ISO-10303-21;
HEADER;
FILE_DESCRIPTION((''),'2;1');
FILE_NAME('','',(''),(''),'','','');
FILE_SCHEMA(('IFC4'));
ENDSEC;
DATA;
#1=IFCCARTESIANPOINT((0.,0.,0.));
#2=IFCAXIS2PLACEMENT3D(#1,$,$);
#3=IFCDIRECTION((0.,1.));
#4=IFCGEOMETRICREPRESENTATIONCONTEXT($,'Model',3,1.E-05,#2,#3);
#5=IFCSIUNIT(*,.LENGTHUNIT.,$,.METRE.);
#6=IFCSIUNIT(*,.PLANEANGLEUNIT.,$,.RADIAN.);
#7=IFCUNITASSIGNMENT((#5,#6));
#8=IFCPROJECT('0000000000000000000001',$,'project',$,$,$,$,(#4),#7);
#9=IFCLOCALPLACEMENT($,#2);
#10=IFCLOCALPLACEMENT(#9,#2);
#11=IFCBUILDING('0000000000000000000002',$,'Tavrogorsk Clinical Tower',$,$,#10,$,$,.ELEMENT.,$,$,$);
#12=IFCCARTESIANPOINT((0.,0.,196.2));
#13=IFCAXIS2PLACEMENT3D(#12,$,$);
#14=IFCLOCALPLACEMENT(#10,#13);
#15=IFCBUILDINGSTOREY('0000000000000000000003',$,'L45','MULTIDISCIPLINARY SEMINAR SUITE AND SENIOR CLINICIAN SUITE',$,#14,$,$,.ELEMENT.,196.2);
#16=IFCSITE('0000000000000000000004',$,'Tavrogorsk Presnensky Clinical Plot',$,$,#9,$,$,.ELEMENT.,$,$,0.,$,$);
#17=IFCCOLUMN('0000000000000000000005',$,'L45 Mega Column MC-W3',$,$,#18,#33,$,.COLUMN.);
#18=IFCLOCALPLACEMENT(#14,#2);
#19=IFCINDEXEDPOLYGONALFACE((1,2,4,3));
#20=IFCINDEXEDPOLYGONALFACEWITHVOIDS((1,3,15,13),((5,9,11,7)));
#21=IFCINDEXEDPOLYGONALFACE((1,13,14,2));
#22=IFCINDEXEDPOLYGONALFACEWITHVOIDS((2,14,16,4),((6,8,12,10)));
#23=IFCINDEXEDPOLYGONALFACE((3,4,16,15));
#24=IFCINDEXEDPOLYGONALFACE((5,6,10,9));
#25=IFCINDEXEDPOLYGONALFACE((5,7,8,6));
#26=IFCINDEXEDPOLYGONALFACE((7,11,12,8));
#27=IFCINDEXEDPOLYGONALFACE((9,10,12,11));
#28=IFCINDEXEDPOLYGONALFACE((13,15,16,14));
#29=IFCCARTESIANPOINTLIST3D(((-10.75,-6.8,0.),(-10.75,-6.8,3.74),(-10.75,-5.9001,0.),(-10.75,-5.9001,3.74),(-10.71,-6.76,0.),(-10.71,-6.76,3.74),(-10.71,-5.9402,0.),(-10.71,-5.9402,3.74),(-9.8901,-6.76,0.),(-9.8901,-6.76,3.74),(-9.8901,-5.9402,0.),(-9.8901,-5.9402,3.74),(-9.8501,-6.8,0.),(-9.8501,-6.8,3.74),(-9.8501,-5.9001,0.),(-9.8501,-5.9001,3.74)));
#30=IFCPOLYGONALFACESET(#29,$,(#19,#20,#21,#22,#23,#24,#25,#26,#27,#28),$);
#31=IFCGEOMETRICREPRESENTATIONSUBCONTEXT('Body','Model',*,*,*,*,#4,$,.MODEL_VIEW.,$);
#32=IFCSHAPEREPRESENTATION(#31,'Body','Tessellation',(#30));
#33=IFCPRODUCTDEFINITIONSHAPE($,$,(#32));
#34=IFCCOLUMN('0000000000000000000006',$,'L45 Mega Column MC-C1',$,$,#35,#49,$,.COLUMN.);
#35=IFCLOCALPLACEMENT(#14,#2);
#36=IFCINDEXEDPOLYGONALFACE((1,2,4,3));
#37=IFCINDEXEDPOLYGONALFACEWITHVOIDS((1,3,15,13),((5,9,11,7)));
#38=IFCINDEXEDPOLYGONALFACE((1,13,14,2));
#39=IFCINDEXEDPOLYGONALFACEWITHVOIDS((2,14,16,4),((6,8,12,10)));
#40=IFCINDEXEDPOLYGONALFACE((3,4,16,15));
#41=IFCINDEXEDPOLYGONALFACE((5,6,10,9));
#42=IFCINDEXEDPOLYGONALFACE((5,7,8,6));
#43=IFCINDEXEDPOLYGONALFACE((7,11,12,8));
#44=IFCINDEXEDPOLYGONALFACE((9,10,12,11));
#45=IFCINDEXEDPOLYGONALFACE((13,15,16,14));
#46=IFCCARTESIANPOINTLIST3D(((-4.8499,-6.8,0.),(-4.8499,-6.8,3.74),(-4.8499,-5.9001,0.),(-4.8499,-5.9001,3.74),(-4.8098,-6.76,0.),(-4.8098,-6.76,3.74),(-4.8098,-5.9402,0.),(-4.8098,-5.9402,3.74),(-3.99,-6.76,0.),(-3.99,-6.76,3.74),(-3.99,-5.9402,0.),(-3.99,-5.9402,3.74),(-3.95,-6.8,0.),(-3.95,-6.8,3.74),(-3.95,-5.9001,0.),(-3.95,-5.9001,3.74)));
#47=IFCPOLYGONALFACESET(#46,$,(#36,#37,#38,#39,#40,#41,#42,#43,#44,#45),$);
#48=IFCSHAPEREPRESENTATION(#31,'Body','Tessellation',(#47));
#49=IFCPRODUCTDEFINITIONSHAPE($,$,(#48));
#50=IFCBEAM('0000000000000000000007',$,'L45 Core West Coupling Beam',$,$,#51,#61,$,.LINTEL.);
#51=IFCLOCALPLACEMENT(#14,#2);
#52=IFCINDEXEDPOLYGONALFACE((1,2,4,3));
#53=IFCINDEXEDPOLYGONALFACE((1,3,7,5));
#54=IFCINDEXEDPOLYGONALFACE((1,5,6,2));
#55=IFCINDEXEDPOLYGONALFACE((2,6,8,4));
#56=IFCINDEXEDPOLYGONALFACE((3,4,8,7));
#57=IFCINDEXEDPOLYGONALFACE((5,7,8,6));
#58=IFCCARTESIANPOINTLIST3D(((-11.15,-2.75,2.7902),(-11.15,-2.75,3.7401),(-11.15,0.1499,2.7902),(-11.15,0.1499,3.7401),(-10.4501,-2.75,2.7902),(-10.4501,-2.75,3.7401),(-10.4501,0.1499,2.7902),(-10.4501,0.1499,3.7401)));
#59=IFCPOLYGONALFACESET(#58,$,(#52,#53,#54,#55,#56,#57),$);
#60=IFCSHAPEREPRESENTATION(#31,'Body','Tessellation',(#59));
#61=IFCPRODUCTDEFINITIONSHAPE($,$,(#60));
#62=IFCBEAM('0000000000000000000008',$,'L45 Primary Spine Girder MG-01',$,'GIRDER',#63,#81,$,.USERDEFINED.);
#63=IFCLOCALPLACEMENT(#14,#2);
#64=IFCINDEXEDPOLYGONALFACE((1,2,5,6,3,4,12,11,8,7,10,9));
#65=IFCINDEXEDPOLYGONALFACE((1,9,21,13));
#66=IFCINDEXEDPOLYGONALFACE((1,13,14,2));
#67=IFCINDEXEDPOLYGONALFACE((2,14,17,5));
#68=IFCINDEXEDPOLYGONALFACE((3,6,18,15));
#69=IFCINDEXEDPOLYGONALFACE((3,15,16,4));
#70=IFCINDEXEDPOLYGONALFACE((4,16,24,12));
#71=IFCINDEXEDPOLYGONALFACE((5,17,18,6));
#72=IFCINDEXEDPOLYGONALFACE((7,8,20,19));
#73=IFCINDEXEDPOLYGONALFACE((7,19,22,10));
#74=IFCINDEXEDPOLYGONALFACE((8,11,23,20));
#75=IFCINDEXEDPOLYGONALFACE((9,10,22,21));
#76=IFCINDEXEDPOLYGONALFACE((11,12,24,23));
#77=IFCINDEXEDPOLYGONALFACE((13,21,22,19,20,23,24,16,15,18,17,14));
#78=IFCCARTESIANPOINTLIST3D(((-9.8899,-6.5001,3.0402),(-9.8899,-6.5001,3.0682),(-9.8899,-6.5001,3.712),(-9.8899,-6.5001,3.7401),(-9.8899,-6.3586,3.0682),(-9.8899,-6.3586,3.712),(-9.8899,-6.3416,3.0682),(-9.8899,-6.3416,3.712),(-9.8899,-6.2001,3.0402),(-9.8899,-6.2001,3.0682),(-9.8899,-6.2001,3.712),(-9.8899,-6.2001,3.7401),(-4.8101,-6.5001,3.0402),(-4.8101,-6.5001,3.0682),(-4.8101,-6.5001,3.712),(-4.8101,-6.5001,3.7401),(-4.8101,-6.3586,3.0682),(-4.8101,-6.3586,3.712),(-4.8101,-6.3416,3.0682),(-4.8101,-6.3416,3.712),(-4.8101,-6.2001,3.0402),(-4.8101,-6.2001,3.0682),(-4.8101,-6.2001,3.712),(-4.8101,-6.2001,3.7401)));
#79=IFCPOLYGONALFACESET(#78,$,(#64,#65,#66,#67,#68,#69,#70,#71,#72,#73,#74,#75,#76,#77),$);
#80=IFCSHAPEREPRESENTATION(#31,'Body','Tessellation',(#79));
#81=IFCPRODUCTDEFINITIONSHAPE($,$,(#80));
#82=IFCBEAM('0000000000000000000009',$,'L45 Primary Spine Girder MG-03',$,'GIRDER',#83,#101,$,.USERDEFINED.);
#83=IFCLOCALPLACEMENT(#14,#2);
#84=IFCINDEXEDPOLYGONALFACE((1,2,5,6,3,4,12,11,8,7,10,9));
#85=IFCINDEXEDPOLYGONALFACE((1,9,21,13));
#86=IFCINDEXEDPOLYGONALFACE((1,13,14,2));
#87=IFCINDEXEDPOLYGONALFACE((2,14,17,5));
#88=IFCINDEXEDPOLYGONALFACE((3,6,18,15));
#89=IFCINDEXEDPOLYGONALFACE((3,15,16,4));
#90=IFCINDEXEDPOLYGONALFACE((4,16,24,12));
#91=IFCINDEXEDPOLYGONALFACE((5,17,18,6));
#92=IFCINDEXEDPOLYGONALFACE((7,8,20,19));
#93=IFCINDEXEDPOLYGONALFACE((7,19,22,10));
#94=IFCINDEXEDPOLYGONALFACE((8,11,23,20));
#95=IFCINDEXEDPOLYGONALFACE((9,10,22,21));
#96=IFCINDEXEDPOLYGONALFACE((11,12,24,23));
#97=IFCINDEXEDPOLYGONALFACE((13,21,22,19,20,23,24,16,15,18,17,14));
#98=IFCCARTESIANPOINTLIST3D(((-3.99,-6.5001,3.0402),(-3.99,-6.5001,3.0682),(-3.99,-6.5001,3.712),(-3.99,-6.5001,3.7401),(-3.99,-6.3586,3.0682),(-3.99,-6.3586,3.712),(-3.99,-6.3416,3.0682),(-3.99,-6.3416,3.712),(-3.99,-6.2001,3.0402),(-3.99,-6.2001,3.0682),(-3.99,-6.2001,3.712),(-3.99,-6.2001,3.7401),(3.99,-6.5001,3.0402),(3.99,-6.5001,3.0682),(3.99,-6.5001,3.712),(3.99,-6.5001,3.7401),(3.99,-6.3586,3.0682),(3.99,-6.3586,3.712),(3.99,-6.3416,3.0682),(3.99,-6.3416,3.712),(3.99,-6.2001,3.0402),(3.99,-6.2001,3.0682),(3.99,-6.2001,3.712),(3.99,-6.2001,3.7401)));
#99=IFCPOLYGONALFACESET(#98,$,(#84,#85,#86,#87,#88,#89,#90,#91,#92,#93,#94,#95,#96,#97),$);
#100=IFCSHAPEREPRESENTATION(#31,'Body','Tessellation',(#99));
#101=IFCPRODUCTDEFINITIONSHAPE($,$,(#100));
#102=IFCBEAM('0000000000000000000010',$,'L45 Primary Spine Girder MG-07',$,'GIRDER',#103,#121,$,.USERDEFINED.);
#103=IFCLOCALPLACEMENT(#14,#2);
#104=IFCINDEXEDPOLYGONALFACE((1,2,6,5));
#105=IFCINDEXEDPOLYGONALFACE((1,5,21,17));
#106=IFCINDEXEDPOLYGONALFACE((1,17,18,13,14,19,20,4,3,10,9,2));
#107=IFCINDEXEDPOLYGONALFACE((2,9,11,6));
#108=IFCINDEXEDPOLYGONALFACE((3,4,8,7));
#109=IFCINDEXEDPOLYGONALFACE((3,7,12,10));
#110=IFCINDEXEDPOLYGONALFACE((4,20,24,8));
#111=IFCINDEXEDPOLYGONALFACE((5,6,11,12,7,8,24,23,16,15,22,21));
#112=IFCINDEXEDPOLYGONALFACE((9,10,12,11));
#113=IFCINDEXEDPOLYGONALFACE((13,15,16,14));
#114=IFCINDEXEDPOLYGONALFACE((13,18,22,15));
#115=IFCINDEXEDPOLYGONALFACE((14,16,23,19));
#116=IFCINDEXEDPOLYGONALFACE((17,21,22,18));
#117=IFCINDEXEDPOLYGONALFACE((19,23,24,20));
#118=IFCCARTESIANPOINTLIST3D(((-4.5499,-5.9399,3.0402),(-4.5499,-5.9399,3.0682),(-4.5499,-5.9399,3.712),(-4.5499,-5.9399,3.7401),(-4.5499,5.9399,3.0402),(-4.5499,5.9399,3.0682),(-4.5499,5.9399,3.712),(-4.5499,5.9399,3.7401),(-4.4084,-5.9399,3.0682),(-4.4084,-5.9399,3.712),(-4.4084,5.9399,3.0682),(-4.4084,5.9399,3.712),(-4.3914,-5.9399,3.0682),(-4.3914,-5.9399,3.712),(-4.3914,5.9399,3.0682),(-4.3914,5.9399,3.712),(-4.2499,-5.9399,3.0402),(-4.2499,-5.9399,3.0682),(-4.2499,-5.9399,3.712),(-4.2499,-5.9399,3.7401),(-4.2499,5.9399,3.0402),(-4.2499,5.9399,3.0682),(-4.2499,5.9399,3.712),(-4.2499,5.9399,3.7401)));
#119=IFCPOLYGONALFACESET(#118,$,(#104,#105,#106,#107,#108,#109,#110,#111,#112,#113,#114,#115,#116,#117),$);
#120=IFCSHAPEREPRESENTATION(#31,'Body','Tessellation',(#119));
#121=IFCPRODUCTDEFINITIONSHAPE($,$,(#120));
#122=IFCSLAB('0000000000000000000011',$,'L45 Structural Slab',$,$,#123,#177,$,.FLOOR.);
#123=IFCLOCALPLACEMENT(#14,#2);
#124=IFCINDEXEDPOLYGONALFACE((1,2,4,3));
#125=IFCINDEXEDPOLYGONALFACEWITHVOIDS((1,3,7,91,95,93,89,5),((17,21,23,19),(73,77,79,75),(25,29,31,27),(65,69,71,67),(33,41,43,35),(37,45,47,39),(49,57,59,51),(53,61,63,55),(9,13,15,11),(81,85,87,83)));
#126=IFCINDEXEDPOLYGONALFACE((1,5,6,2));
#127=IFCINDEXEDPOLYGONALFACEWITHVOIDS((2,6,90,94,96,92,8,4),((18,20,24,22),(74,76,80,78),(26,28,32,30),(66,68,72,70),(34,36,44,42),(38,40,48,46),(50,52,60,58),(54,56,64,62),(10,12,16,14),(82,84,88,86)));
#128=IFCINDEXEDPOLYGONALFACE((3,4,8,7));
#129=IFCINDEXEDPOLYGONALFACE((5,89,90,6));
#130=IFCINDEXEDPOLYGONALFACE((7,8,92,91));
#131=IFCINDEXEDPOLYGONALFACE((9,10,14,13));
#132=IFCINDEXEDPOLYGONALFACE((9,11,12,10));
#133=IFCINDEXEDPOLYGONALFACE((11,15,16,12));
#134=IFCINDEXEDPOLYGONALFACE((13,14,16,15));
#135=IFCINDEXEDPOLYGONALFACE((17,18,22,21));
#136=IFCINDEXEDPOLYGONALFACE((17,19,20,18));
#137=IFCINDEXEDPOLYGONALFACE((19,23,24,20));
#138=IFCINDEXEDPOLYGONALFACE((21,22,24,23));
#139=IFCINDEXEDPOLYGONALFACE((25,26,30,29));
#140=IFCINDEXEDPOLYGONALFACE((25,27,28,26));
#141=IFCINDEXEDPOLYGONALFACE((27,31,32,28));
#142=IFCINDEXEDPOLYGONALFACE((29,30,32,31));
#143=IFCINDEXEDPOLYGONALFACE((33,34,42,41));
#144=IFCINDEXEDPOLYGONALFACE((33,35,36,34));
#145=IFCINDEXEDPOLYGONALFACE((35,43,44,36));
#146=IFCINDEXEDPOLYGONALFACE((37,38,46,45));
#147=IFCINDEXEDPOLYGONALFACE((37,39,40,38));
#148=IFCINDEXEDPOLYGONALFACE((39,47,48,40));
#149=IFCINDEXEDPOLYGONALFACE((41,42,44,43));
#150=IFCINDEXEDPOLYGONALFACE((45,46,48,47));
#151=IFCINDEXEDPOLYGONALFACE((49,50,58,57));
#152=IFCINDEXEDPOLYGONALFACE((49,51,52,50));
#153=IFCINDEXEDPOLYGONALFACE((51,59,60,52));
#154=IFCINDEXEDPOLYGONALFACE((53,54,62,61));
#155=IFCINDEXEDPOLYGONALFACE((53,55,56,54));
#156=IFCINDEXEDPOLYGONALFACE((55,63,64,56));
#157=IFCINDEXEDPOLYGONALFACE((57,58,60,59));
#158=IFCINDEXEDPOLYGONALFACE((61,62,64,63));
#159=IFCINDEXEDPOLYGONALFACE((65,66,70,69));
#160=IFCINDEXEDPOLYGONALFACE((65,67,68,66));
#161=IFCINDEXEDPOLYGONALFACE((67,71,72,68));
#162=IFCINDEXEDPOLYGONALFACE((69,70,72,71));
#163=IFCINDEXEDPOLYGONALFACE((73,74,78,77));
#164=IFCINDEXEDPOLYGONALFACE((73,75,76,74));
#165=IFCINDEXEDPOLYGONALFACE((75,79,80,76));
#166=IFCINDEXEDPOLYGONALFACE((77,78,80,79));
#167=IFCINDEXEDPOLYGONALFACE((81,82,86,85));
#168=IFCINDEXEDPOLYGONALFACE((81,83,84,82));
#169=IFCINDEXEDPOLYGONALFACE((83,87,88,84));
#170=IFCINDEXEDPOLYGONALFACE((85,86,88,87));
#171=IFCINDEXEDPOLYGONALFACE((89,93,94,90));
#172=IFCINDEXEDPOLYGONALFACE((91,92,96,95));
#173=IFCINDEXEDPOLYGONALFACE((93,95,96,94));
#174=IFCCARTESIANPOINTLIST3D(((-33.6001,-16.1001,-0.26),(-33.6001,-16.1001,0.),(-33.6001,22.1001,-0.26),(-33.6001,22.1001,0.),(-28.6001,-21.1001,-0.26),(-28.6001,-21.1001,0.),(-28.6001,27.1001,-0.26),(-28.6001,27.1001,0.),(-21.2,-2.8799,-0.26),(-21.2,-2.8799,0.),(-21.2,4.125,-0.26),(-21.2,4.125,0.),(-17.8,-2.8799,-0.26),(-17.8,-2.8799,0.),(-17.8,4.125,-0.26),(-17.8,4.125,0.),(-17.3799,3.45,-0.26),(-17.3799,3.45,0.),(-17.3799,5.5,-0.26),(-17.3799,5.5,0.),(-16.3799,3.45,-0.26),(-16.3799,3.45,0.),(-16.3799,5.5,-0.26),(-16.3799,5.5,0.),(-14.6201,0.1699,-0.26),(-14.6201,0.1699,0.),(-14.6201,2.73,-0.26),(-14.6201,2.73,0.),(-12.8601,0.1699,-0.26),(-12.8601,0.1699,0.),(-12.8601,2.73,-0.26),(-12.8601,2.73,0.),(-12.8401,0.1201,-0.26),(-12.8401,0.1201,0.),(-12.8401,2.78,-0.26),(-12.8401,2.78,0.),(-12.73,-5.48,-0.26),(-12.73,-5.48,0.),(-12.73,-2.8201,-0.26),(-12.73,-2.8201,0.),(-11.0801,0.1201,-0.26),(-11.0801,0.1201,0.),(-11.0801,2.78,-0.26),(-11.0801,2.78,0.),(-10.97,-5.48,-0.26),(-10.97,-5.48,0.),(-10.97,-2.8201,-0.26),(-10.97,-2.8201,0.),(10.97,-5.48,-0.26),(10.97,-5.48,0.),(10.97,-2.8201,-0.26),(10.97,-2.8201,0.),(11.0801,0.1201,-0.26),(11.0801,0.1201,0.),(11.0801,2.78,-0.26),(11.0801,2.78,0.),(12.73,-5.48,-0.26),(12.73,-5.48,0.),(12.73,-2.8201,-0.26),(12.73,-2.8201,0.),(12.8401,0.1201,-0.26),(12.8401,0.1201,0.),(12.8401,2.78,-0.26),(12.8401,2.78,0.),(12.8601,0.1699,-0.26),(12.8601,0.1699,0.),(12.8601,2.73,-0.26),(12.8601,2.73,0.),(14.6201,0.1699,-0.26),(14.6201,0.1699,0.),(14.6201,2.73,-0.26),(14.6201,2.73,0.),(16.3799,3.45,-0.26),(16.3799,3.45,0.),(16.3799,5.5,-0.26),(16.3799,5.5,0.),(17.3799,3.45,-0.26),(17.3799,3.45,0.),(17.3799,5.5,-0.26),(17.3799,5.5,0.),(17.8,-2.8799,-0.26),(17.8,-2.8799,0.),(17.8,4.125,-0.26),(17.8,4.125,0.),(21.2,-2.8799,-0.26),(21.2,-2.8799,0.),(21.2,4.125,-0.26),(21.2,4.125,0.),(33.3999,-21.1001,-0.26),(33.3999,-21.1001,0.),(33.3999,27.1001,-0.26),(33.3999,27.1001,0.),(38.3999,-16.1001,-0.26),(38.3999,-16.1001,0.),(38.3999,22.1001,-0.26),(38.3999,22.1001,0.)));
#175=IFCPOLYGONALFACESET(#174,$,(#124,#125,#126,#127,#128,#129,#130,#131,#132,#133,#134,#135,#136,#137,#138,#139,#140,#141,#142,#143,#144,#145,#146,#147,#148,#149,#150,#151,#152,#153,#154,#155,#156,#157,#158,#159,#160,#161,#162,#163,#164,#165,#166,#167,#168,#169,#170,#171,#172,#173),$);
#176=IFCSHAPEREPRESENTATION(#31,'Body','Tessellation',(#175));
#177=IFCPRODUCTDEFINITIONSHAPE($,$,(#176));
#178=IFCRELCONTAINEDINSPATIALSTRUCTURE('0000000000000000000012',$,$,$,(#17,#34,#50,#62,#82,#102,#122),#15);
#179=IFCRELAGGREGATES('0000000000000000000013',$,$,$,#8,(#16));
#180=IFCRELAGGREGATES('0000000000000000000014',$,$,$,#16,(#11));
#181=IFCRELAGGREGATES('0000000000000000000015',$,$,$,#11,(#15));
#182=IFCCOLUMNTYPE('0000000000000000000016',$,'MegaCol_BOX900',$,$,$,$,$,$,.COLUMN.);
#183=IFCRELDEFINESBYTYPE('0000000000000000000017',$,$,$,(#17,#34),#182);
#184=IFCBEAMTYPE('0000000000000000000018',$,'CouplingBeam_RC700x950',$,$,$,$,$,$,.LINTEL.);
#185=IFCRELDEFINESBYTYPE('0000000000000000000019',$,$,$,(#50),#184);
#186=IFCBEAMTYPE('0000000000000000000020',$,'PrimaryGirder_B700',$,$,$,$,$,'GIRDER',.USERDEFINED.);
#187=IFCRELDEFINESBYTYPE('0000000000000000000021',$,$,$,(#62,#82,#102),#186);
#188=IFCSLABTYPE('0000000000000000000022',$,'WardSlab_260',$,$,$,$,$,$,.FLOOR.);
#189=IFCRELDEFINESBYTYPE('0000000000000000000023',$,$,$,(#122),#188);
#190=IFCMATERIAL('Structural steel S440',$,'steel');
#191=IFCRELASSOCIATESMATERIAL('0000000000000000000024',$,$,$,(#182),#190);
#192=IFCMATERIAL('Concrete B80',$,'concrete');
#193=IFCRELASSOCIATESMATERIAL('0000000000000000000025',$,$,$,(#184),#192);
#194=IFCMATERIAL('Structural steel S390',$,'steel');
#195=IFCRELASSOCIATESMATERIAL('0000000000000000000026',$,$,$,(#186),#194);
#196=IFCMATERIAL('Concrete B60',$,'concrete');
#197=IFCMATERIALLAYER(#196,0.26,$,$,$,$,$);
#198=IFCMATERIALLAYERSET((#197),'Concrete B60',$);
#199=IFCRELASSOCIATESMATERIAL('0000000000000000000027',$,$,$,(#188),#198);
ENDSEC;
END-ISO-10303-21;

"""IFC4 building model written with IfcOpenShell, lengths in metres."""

from ifc_helpers import new_model, si_unit, direction, frame, origin, origin_2d, place, context, subcontext, project, spatial, polyline, rectangle, hollow_rectangle, i_section, outline, extrude, material, layer, layer_set, material_profile, profile_set, type_object, element, save


model = new_model("IFC4")

# Units and contexts
model_context = context("Model", 3, precision=1e-05, world=origin(), true_north=direction((0.0, 1.0)))
body_context = subcontext(model_context, "Body", "Model", "MODEL_VIEW")
ifc_project = project(units=[si_unit("LENGTHUNIT", "METRE"), si_unit("PLANEANGLEUNIT", "RADIAN")], contexts=[model_context])

# Site, building, storey
site_placement = place(None, origin())
site = spatial("IfcSite", under=ifc_project, at=site_placement, Name="Tavrogorsk Presnensky Clinical Plot", CompositionType="ELEMENT", RefElevation=0.0)
building_placement = place(site_placement, origin())
building = spatial("IfcBuilding", under=site, at=building_placement, Name="Tavrogorsk Clinical Tower", CompositionType="ELEMENT")
storey_placement = place(building_placement, frame((0.0, 0.0, 196.2)))
storey = spatial("IfcBuildingStorey", under=building, at=storey_placement, Name="L45", Description="MULTIDISCIPLINARY SEMINAR SUITE AND SENIOR CLINICIAN SUITE", CompositionType="ELEMENT", Elevation=196.2)

# Columns
ifc_material_1 = material(Name="Structural steel S440", Category="steel")
ifc_material_profile_1 = material_profile(ifc_material_1, hollow_rectangle(XDim=0.8999, YDim=0.8999, WallThickness=0.04, at=origin_2d()), Name="BOX-900x900x40")
ifc_profile_set_1 = profile_set([ifc_material_profile_1], Name="Structural steel S440")
column_type = type_object("IfcColumnType", Name="MegaCol_BOX900", PredefinedType="COLUMN", material=ifc_profile_set_1)
for number, where, z_axis, x_axis, name in (
    (1, (-10.3, -6.3501, 0.0), (0.0, 0.0, 1.0), (1.0, 0.0, 0.0), "L45 Mega Column MC-W3"),
    (2, (-4.3999, -6.3501, 0.0), (0.0, 0.0, 1.0), (1.0, 0.0, 0.0), "L45 Mega Column MC-C1"),
):
    element("IfcColumn", number, at=place(storey_placement, frame(where, z_axis=z_axis, x_axis=x_axis)), inside=storey, type_object=column_type, Name=name, PredefinedType="COLUMN", context=body_context, shape_type="SweptSolid", body=[
        extrude(hollow_rectangle(XDim=0.8999, YDim=0.8999, WallThickness=0.04, at=origin_2d()), origin(), (0.0, 0.0, 1.0), 3.74),
    ])

# Beams
ifc_material_2 = material(Name="Concrete B80", Category="concrete")
ifc_material_profile_2 = material_profile(ifc_material_2, rectangle(XDim=0.7, YDim=0.95, at=origin_2d()), Name="RC-CB-700x950")
ifc_profile_set_2 = profile_set([ifc_material_profile_2], Name="Concrete B80")
beam_type_1 = type_object("IfcBeamType", Name="CouplingBeam_RC700x950", PredefinedType="LINTEL", material=ifc_profile_set_2)
beam_1_placement = place(storey_placement, frame((-10.8, -2.75, 3.2651), z_axis=(0.0, 1.0, 0.0), x_axis=(-1.0, 0.0, 0.0)))
element("IfcBeam", 3, at=beam_1_placement, inside=storey, type_object=beam_type_1, Name="L45 Core West Coupling Beam", PredefinedType="LINTEL", context=body_context, shape_type="SweptSolid", body=[
    extrude(rectangle(XDim=0.7, YDim=0.95, at=origin_2d()), origin(), (0.0, 0.0, 1.0), 2.8999),
])
ifc_material_3 = material(Name="Structural steel S390", Category="steel")
ifc_material_profile_3 = material_profile(ifc_material_3, i_section(OverallWidth=0.3, OverallDepth=0.7, WebThickness=0.0171, FlangeThickness=0.0281, at=origin_2d()), Name="B-700x300x17x28")
ifc_profile_set_3 = profile_set([ifc_material_profile_3], Name="Structural steel S390")
beam_type_2 = type_object("IfcBeamType", Name="PrimaryGirder_B700", ElementType="GIRDER", PredefinedType="USERDEFINED", material=ifc_profile_set_3)
beam_2_placement = place(storey_placement, frame((-9.8899, -6.3501, 3.3901), z_axis=(1.0, 0.0, 0.0), x_axis=(0.0, 1.0, 0.0)))
element("IfcBeam", 4, at=beam_2_placement, inside=storey, type_object=beam_type_2, Name="L45 Primary Spine Girder MG-01", ObjectType="GIRDER", PredefinedType="USERDEFINED", context=body_context, shape_type="SweptSolid", body=[
    extrude(i_section(OverallWidth=0.3, OverallDepth=0.7, WebThickness=0.0171, FlangeThickness=0.0281, at=origin_2d()), origin(), (0.0, 0.0, 1.0), 5.0798),
])
beam_3_placement = place(storey_placement, frame((-3.99, -6.3501, 3.3901), z_axis=(1.0, 0.0, 0.0), x_axis=(0.0, 1.0, 0.0)))
element("IfcBeam", 5, at=beam_3_placement, inside=storey, type_object=beam_type_2, Name="L45 Primary Spine Girder MG-03", ObjectType="GIRDER", PredefinedType="USERDEFINED", context=body_context, shape_type="SweptSolid", body=[
    extrude(i_section(OverallWidth=0.3, OverallDepth=0.7, WebThickness=0.0171, FlangeThickness=0.0281, at=origin_2d()), origin(), (0.0, 0.0, 1.0), 7.98),
])
beam_4_placement = place(storey_placement, frame((-4.3999, -5.9399, 3.3901), z_axis=(0.0, 1.0, 0.0), x_axis=(-1.0, 0.0, 0.0)))
element("IfcBeam", 6, at=beam_4_placement, inside=storey, type_object=beam_type_2, Name="L45 Primary Spine Girder MG-07", ObjectType="GIRDER", PredefinedType="USERDEFINED", context=body_context, shape_type="SweptSolid", body=[
    extrude(i_section(OverallWidth=0.3, OverallDepth=0.7, WebThickness=0.0171, FlangeThickness=0.0281, at=origin_2d()), origin(), (0.0, 0.0, 1.0), 11.8799),
])

# Slab
ifc_material_4 = material(Name="Concrete B60", Category="concrete")
ifc_layer_1 = layer(ifc_material_4, 0.26)
ifc_layer_set_1 = layer_set([ifc_layer_1], Name="Concrete B60")
slab_type = type_object("IfcSlabType", Name="WardSlab_260", PredefinedType="FLOOR", material=ifc_layer_set_1)
slab_placement = place(storey_placement, frame((0.0, 0.0, -0.26)))
element("IfcSlab", 7, at=slab_placement, inside=storey, type_object=slab_type, Name="L45 Structural Slab", PredefinedType="FLOOR", context=body_context, shape_type="SweptSolid", body=[
    extrude(outline(polyline([(-28.6001, -21.1001), (33.3999, -21.1001), (38.3999, -16.1001), (38.3999, 22.1001), (33.3999, 27.1001), (-28.6001, 27.1001), (-33.6001, 22.1001), (-33.6001, -16.1001), (-28.6001, -21.1001)]), holes=[polyline([(-17.8, -2.8799), (-17.8, 4.125), (-21.2, 4.125), (-21.2, -2.8799), (-17.8, -2.8799)]), polyline([(21.2, -2.8799), (21.2, 4.125), (17.8, 4.125), (17.8, -2.8799), (21.2, -2.8799)]), polyline([(-14.6201, 0.1699), (-12.8601, 0.1699), (-12.8601, 2.73), (-14.6201, 2.73), (-14.6201, 0.1699)]), polyline([(-12.73, -5.48), (-10.97, -5.48), (-10.97, -2.8201), (-12.73, -2.8201), (-12.73, -5.48)]), polyline([(-12.8401, 0.1201), (-11.0801, 0.1201), (-11.0801, 2.78), (-12.8401, 2.78), (-12.8401, 0.1201)]), polyline([(12.8601, 0.1699), (14.6201, 0.1699), (14.6201, 2.73), (12.8601, 2.73), (12.8601, 0.1699)]), polyline([(10.97, -5.48), (12.73, -5.48), (12.73, -2.8201), (10.97, -2.8201), (10.97, -5.48)]), polyline([(11.0801, 0.1201), (12.8401, 0.1201), (12.8401, 2.78), (11.0801, 2.78), (11.0801, 0.1201)]), polyline([(-17.3799, 3.45), (-16.3799, 3.45), (-16.3799, 5.5), (-17.3799, 5.5), (-17.3799, 3.45)]), polyline([(16.3799, 3.45), (17.3799, 3.45), (17.3799, 5.5), (16.3799, 5.5), (16.3799, 3.45)])]), origin(), (0.0, 0.0, 1.0), 0.26),
])

save(model, "model.ifc")
